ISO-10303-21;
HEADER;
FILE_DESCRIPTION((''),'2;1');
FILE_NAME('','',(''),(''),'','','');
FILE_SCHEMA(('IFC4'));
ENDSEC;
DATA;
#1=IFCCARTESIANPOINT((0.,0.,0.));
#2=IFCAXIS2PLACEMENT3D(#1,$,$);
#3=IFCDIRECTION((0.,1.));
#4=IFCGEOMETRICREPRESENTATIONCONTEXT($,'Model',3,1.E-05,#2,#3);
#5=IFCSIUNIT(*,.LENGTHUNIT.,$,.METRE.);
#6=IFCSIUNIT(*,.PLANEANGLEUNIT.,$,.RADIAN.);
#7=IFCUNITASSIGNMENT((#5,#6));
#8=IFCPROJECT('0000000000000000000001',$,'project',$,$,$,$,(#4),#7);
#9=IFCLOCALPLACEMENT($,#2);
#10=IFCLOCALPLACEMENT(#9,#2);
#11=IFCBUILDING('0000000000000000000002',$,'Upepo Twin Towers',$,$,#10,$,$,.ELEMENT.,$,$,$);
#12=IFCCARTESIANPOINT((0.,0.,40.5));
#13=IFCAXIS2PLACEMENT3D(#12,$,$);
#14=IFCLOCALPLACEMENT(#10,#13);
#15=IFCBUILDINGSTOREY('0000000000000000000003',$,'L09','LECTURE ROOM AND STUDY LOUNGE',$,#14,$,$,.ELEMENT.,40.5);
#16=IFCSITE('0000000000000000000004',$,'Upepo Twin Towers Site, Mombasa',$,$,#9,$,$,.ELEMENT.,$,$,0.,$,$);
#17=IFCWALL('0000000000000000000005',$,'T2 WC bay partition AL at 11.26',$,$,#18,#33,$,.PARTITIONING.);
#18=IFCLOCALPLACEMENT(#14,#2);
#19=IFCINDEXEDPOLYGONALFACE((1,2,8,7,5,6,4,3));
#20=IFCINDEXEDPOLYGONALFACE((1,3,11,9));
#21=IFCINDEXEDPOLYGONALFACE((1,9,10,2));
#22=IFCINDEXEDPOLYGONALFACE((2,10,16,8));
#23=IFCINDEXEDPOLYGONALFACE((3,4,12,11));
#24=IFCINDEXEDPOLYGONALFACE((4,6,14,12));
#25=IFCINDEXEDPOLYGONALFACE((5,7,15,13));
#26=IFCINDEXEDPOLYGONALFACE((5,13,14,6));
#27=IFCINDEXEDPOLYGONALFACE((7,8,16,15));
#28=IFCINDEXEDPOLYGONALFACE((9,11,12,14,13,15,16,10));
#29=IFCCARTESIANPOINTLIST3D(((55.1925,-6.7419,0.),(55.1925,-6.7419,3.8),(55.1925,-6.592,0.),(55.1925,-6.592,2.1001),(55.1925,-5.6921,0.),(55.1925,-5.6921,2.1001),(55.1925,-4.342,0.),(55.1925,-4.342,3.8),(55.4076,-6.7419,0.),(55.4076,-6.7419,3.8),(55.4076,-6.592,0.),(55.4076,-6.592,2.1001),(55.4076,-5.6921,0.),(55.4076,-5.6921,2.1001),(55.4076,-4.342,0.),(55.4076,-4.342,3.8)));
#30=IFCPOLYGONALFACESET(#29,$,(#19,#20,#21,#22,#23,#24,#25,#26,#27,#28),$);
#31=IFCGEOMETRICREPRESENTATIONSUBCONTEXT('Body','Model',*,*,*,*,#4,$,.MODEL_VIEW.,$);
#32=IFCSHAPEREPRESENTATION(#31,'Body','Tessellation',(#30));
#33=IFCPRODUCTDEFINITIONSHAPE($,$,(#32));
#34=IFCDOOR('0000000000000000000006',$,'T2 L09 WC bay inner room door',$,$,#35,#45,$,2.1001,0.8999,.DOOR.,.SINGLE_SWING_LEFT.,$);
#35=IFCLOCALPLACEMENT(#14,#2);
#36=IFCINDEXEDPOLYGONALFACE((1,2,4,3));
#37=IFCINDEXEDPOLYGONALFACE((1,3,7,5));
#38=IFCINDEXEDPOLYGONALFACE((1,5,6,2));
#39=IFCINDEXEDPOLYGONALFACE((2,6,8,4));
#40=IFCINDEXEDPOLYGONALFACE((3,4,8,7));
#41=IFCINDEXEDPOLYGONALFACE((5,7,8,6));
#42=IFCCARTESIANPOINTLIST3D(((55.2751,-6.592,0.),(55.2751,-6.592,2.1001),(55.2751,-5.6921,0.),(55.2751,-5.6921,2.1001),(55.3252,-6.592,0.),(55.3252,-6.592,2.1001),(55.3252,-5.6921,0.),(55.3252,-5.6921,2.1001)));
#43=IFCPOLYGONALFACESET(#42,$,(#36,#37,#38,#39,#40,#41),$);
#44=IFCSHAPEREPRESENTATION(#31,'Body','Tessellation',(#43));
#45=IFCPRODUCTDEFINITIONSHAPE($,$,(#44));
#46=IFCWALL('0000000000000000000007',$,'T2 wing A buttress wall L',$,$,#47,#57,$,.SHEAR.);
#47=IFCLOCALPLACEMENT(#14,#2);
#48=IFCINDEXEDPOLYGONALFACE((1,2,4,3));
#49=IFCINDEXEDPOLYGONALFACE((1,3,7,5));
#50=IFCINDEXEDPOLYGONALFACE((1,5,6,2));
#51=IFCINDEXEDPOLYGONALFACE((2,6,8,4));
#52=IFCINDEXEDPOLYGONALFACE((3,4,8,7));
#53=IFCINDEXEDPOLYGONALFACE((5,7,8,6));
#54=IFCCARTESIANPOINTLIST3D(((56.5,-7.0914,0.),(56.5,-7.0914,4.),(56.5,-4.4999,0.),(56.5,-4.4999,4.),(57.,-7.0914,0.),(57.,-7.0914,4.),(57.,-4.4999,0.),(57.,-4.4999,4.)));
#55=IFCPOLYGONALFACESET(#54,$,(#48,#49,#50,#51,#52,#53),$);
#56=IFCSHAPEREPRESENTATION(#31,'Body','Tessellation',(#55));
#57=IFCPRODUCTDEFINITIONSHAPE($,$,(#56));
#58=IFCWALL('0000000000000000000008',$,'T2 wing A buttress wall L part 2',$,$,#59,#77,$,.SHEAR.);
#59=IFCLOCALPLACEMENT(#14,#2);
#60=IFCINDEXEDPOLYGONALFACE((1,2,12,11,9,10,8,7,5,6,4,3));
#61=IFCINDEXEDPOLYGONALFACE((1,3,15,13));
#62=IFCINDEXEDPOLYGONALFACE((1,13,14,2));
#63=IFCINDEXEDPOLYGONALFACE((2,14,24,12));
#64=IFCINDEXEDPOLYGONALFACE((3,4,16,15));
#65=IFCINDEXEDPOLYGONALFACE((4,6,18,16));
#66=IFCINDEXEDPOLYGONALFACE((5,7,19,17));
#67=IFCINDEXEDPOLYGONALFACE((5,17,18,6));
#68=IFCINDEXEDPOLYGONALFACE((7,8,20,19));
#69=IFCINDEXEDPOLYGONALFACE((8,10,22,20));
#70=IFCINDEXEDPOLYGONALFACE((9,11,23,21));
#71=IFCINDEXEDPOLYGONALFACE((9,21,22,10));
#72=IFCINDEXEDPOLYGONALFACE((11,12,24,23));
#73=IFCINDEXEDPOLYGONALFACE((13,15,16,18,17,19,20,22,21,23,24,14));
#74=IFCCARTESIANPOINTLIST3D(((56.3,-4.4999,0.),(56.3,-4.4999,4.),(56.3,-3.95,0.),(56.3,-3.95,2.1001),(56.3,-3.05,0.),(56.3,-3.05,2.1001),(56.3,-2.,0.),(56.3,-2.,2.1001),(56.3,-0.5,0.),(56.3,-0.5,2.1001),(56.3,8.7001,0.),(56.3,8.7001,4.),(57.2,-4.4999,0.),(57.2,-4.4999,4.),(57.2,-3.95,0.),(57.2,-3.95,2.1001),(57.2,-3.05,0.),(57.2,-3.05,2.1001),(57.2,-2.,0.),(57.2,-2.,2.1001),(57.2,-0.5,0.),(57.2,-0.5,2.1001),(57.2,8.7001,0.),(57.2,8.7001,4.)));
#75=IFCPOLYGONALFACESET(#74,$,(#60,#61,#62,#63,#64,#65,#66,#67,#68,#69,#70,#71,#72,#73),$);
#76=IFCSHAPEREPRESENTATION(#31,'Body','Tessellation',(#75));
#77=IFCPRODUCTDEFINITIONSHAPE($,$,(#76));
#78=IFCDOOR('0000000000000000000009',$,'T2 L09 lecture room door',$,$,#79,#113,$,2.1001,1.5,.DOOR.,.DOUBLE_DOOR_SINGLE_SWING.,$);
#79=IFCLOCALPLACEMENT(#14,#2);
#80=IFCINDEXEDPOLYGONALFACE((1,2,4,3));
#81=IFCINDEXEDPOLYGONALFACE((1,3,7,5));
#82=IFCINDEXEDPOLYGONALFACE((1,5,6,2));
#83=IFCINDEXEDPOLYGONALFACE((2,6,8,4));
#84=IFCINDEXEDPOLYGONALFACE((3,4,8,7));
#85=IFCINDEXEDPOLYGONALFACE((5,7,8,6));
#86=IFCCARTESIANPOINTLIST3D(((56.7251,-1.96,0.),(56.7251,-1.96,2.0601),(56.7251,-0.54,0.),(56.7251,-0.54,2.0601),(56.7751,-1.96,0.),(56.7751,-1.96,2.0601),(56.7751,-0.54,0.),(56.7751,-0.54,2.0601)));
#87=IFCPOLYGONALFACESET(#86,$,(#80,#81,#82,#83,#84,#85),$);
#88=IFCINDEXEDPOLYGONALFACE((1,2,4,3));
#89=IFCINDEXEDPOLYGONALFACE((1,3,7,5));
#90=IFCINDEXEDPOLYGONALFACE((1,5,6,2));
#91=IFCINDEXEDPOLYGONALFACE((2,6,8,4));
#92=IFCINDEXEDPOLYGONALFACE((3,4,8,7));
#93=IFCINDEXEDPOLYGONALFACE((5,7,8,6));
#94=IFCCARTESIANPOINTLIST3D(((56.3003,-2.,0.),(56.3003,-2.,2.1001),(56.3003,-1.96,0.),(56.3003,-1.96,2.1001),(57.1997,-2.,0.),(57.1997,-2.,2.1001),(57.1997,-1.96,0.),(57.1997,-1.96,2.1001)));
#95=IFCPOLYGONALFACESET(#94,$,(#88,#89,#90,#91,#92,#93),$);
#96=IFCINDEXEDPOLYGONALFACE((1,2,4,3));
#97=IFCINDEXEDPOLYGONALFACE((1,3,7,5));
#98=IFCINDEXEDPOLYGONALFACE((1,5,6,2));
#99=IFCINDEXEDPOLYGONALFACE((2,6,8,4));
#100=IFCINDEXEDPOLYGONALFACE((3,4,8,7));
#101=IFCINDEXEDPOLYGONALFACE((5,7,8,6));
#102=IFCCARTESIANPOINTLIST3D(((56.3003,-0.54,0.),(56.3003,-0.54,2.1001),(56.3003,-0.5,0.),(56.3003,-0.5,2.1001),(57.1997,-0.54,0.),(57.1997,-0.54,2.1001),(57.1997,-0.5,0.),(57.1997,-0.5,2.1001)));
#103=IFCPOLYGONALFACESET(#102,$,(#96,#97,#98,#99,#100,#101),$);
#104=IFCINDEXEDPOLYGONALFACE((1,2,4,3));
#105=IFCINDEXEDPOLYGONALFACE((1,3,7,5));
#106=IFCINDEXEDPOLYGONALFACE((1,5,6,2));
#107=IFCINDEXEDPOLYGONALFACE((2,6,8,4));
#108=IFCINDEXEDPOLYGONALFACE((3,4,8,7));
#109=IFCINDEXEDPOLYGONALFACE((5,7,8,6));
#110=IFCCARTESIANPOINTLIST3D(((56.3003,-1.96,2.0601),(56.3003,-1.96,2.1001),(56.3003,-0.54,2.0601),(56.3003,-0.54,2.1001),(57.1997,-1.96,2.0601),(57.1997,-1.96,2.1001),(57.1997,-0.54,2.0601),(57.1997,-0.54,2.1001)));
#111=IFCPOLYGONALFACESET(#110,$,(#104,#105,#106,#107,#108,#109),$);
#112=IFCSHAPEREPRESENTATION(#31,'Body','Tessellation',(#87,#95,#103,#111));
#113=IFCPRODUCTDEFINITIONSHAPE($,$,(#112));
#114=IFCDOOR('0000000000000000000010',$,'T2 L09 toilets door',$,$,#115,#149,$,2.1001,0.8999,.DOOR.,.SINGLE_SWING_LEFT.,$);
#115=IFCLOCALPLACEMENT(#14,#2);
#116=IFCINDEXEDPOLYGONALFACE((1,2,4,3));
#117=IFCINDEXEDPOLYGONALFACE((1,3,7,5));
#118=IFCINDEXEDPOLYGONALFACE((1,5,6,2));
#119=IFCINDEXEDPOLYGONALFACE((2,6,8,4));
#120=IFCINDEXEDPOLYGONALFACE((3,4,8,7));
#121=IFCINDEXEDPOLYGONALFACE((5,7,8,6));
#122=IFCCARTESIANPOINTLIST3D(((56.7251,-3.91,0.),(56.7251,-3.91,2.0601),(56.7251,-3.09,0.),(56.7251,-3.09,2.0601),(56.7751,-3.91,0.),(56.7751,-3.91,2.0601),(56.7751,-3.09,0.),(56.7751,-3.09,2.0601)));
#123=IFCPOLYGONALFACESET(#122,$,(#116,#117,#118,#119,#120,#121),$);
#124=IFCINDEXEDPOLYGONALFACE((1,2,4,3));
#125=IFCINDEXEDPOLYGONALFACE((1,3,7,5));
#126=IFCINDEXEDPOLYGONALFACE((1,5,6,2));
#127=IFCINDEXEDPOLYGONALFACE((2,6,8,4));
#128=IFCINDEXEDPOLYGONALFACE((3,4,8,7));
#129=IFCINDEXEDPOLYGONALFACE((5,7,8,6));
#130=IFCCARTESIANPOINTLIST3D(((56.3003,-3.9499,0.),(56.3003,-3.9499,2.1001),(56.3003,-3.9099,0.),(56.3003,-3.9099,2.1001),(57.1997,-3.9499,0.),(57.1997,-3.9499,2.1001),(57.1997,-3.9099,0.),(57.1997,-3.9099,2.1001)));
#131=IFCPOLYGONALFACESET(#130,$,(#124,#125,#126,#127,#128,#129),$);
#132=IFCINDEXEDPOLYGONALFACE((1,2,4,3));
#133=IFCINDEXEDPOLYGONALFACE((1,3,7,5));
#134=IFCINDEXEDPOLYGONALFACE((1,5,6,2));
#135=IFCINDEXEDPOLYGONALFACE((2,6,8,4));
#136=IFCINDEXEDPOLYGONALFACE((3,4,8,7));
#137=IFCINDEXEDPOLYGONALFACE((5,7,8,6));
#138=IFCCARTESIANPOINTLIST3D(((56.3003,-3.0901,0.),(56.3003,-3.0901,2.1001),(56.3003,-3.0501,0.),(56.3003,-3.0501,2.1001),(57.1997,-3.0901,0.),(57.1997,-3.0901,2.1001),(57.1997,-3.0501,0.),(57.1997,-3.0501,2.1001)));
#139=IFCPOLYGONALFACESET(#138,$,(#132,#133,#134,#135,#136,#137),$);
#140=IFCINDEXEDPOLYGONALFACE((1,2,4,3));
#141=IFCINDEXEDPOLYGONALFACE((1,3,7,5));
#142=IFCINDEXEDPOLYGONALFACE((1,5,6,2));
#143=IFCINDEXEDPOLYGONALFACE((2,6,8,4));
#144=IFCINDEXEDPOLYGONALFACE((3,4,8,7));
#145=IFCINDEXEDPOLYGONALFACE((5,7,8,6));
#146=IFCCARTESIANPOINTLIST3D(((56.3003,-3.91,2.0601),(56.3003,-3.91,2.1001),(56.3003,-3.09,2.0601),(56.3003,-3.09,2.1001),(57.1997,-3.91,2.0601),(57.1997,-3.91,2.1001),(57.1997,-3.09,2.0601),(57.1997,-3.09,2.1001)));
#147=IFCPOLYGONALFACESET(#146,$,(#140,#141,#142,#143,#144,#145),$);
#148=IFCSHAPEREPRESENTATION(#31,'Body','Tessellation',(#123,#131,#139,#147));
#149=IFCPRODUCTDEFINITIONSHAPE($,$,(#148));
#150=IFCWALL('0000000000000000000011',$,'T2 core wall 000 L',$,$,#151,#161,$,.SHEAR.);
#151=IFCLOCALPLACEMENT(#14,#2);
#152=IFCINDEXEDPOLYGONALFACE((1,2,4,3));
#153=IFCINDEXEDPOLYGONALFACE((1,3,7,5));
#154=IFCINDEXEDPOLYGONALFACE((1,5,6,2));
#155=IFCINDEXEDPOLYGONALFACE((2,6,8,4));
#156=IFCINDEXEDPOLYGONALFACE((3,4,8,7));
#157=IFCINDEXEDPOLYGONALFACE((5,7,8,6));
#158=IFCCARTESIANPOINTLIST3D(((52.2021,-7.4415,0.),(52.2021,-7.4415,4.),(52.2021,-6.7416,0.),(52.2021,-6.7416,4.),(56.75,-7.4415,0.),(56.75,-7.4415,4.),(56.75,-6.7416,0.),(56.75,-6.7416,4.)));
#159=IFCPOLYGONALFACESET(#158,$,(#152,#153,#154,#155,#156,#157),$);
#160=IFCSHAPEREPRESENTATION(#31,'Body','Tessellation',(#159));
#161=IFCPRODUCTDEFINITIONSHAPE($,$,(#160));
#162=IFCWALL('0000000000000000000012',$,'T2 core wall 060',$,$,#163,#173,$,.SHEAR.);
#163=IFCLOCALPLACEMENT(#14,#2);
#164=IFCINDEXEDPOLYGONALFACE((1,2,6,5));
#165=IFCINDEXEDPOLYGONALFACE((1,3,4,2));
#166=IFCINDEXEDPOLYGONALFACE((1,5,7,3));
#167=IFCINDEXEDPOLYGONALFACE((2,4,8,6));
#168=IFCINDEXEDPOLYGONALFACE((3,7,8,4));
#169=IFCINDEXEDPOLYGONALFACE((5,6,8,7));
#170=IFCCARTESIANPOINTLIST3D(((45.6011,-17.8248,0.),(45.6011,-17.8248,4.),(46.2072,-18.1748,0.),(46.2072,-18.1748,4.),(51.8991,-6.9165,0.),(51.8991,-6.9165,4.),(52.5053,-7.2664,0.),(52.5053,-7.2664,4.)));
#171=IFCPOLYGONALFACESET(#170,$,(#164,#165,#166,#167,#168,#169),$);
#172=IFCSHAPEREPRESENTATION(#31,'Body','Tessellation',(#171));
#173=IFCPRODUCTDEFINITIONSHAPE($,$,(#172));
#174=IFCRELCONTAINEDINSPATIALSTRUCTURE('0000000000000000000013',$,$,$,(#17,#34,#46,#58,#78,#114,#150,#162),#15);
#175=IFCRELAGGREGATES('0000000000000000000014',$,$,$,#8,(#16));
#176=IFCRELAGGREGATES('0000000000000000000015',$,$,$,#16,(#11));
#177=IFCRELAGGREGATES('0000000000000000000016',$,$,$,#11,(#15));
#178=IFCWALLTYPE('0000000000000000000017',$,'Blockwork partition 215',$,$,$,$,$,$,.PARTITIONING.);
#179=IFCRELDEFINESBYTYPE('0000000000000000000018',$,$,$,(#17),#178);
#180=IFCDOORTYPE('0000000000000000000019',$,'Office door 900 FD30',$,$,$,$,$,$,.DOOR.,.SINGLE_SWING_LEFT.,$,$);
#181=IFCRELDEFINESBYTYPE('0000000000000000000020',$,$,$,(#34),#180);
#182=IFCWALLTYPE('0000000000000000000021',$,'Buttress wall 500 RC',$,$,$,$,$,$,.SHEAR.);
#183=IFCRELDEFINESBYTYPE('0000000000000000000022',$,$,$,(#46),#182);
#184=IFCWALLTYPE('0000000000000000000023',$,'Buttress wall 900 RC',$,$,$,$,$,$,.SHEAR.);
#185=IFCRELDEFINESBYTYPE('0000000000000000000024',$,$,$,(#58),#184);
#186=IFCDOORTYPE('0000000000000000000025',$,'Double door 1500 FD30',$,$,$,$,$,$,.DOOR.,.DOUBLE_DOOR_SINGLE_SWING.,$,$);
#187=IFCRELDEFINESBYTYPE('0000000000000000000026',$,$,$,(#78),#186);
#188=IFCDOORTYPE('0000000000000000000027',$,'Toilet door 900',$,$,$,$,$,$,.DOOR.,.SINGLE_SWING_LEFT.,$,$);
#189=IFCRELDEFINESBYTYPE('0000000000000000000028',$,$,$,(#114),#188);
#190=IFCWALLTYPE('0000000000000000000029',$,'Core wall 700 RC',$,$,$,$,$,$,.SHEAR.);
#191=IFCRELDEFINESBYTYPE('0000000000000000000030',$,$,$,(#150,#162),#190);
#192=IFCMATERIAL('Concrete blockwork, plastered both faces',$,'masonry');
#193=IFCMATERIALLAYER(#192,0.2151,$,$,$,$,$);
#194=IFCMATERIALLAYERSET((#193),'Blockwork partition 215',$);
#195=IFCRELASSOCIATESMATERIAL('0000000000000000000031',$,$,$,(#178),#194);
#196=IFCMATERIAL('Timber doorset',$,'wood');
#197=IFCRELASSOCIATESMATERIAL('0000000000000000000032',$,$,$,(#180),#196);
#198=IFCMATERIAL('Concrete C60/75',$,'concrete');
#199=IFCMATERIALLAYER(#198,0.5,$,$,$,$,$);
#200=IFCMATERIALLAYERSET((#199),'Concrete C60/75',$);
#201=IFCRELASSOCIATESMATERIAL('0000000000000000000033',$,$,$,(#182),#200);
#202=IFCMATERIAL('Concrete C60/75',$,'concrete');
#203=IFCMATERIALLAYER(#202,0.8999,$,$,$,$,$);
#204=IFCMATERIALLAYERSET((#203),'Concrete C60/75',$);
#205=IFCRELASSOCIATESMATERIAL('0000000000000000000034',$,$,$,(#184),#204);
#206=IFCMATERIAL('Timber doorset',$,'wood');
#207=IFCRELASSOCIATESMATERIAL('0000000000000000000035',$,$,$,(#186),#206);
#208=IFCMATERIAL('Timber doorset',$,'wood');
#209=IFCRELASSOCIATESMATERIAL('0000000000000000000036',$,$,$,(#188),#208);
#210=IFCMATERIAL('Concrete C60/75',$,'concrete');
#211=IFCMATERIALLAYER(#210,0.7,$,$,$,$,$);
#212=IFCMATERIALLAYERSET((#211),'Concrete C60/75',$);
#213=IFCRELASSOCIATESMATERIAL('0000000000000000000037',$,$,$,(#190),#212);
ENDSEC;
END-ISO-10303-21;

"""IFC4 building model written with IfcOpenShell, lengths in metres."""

from ifc_helpers import new_model, si_unit, direction, frame, frame_2d, origin, place, context, subcontext, project, spatial, rectangle, extrude, material, layer, layer_set, type_object, element, fill, save


model = new_model("IFC4")

# Units and contexts
model_context = context("Model", 3, precision=1e-05, world=origin(), true_north=direction((0.0, 1.0)))
body_context = subcontext(model_context, "Body", "Model", "MODEL_VIEW")
ifc_project = project(units=[si_unit("LENGTHUNIT", "METRE"), si_unit("PLANEANGLEUNIT", "RADIAN")], contexts=[model_context])

# Site, building, storey
site_placement = place(None, origin())
site = spatial("IfcSite", under=ifc_project, at=site_placement, Name="Upepo Twin Towers Site, Mombasa", CompositionType="ELEMENT", RefElevation=0.0)
building_placement = place(site_placement, origin())
building = spatial("IfcBuilding", under=site, at=building_placement, Name="Upepo Twin Towers", CompositionType="ELEMENT")
storey_placement = place(building_placement, frame((0.0, 0.0, 40.5)))
storey = spatial("IfcBuildingStorey", under=building, at=storey_placement, Name="L09", Description="LECTURE ROOM AND STUDY LOUNGE", CompositionType="ELEMENT", Elevation=40.5)

# Wall, opening, door
ifc_material_1 = material(Name="Concrete blockwork, plastered both faces", Category="masonry")
ifc_layer_1 = layer(ifc_material_1, 0.2151)
ifc_layer_set_1 = layer_set([ifc_layer_1], Name="Blockwork partition 215")
wall_type_1 = type_object("IfcWallType", Name="Blockwork partition 215", PredefinedType="PARTITIONING", material=ifc_layer_set_1)
wall_1_placement = place(storey_placement, frame((55.3, -6.7419, 0.0), z_axis=(0.0, 0.0, 1.0), x_axis=(0.0, 1.0, 0.0)))
wall_1 = element("IfcWall", 1, at=wall_1_placement, inside=storey, type_object=wall_type_1, Name="T2 WC bay partition AL at 11.26", PredefinedType="PARTITIONING", context=body_context, shape_type="SweptSolid", body=[
    extrude(rectangle(XDim=2.3999, YDim=0.2151, at=frame_2d((1.2, 0.0))), origin(), (0.0, 0.0, 1.0), 3.8),
])
opening_1_placement = place(wall_1_placement, frame((0.1499, 0.0, 0.0)))
opening_1 = element("IfcOpeningElement", 2, at=opening_1_placement, cuts=wall_1, PredefinedType="OPENING", context=body_context, shape_type="SweptSolid", body=[
    extrude(rectangle(XDim=0.8999, YDim=2.1001, at=frame_2d((0.45, 1.05))), frame((0.0, 0.1174, 0.0), z_axis=(0.0, -1.0, 0.0), x_axis=(1.0, 0.0, 0.0)), (0.0, 0.0, 1.0), 0.2351),
])
ifc_material_2 = material(Name="Timber doorset", Category="wood")
door_type_1 = type_object("IfcDoorType", Name="Office door 900 FD30", OperationType="SINGLE_SWING_LEFT", PredefinedType="DOOR", material=ifc_material_2)
door_1_placement = place(opening_1_placement, origin())
door_1 = element("IfcDoor", 3, at=door_1_placement, inside=storey, type_object=door_type_1, Name="T2 L09 WC bay inner room door", OperationType="SINGLE_SWING_LEFT", OverallHeight=2.1001, OverallWidth=0.8999, PredefinedType="DOOR", context=body_context, shape_type="SweptSolid", body=[
    extrude(rectangle(XDim=0.8999, YDim=2.1001, at=frame_2d((0.45, 1.05))), frame((0.0, 0.0249, 0.0), z_axis=(0.0, -1.0, 0.0), x_axis=(1.0, 0.0, 0.0)), (0.0, 0.0, 1.0), 0.05),
])
fill(opening_1, door_1)

# Wall
ifc_material_3 = material(Name="Concrete C60/75", Category="concrete")
ifc_layer_2 = layer(ifc_material_3, 0.5)
ifc_layer_set_2 = layer_set([ifc_layer_2], Name="Concrete C60/75")
wall_type_2 = type_object("IfcWallType", Name="Buttress wall 500 RC", PredefinedType="SHEAR", material=ifc_layer_set_2)
wall_2_placement = place(storey_placement, frame((56.75, -7.0916, 0.0), z_axis=(0.0, 0.0, 1.0), x_axis=(0.0, 1.0, 0.0)))
element("IfcWall", 4, at=wall_2_placement, inside=storey, type_object=wall_type_2, Name="T2 wing A buttress wall L", PredefinedType="SHEAR", context=body_context, shape_type="SweptSolid", body=[
    extrude(rectangle(XDim=2.5916, YDim=0.5, at=frame_2d((1.2959, 0.0))), origin(), (0.0, 0.0, 1.0), 4.0),
])

# Wall, openings, doors
ifc_material_4 = material(Name="Concrete C60/75", Category="concrete")
ifc_layer_3 = layer(ifc_material_4, 0.8999)
ifc_layer_set_3 = layer_set([ifc_layer_3], Name="Concrete C60/75")
wall_type_3 = type_object("IfcWallType", Name="Buttress wall 900 RC", PredefinedType="SHEAR", material=ifc_layer_set_3)
wall_3_placement = place(storey_placement, frame((56.75, -4.5, 0.0), z_axis=(0.0, 0.0, 1.0), x_axis=(0.0, 1.0, 0.0)))
wall_3 = element("IfcWall", 5, at=wall_3_placement, inside=storey, type_object=wall_type_3, Name="T2 wing A buttress wall L part 2", PredefinedType="SHEAR", context=body_context, shape_type="SweptSolid", body=[
    extrude(rectangle(XDim=13.2, YDim=0.8999, at=frame_2d((6.6001, 0.0))), origin(), (0.0, 0.0, 1.0), 4.0),
])
opening_2_placement = place(wall_3_placement, frame((0.55, 0.0, 0.0)))
opening_2 = element("IfcOpeningElement", 6, at=opening_2_placement, cuts=wall_3, PredefinedType="OPENING", context=body_context, shape_type="SweptSolid", body=[
    extrude(rectangle(XDim=0.8999, YDim=2.1001, at=frame_2d((0.45, 1.05))), frame((0.0, 0.46, 0.0), z_axis=(0.0, -1.0, 0.0), x_axis=(1.0, 0.0, 0.0)), (0.0, 0.0, 1.0), 0.9199),
])
opening_3_placement = place(wall_3_placement, frame((2.5, 0.0, 0.0)))
opening_3 = element("IfcOpeningElement", 7, at=opening_3_placement, cuts=wall_3, PredefinedType="OPENING", context=body_context, shape_type="SweptSolid", body=[
    extrude(rectangle(XDim=1.5, YDim=2.1001, at=frame_2d((0.75, 1.05))), frame((0.0, 0.46, 0.0), z_axis=(0.0, -1.0, 0.0), x_axis=(1.0, 0.0, 0.0)), (0.0, 0.0, 1.0), 0.9199),
])
ifc_material_5 = material(Name="Timber doorset", Category="wood")
door_type_2 = type_object("IfcDoorType", Name="Double door 1500 FD30", OperationType="DOUBLE_DOOR_SINGLE_SWING", PredefinedType="DOOR", material=ifc_material_5)
door_2_placement = place(opening_3_placement, origin())
door_2 = element("IfcDoor", 8, at=door_2_placement, inside=storey, type_object=door_type_2, Name="T2 L09 lecture room door", OperationType="DOUBLE_DOOR_SINGLE_SWING", OverallHeight=2.1001, OverallWidth=1.5, PredefinedType="DOOR", context=body_context, shape_type="SweptSolid", body=[
    extrude(rectangle(XDim=1.42, YDim=2.0601, at=frame_2d((0.75, 1.03))), frame((0.0, 0.0249, 0.0), z_axis=(0.0, -1.0, 0.0), x_axis=(1.0, 0.0, 0.0)), (0.0, 0.0, 1.0), 0.05),
    extrude(rectangle(XDim=0.04, YDim=2.1001, at=frame_2d((0.02, 1.05))), frame((0.0, 0.4497, 0.0), z_axis=(0.0, -1.0, 0.0), x_axis=(1.0, 0.0, 0.0)), (0.0, 0.0, 1.0), 0.8994),
    extrude(rectangle(XDim=0.04, YDim=2.1001, at=frame_2d((1.48, 1.05))), frame((0.0, 0.4497, 0.0), z_axis=(0.0, -1.0, 0.0), x_axis=(1.0, 0.0, 0.0)), (0.0, 0.0, 1.0), 0.8994),
    extrude(rectangle(XDim=1.42, YDim=0.04, at=frame_2d((0.75, 2.0801))), frame((0.0, 0.4497, 0.0), z_axis=(0.0, -1.0, 0.0), x_axis=(1.0, 0.0, 0.0)), (0.0, 0.0, 1.0), 0.8994),
])
fill(opening_3, door_2)
ifc_material_6 = material(Name="Timber doorset", Category="wood")
door_type_3 = type_object("IfcDoorType", Name="Toilet door 900", OperationType="SINGLE_SWING_LEFT", PredefinedType="DOOR", material=ifc_material_6)
door_3_placement = place(opening_2_placement, origin())
door_3 = element("IfcDoor", 9, at=door_3_placement, inside=storey, type_object=door_type_3, Name="T2 L09 toilets door", OperationType="SINGLE_SWING_LEFT", OverallHeight=2.1001, OverallWidth=0.8999, PredefinedType="DOOR", context=body_context, shape_type="SweptSolid", body=[
    extrude(rectangle(XDim=0.8199, YDim=2.0601, at=frame_2d((0.45, 1.03))), frame((0.0, 0.0249, 0.0), z_axis=(0.0, -1.0, 0.0), x_axis=(1.0, 0.0, 0.0)), (0.0, 0.0, 1.0), 0.05),
    extrude(rectangle(XDim=0.04, YDim=2.1001, at=frame_2d((0.02, 1.05))), frame((0.0, 0.4497, 0.0), z_axis=(0.0, -1.0, 0.0), x_axis=(1.0, 0.0, 0.0)), (0.0, 0.0, 1.0), 0.8994),
    extrude(rectangle(XDim=0.04, YDim=2.1001, at=frame_2d((0.8799, 1.05))), frame((0.0, 0.4497, 0.0), z_axis=(0.0, -1.0, 0.0), x_axis=(1.0, 0.0, 0.0)), (0.0, 0.0, 1.0), 0.8994),
    extrude(rectangle(XDim=0.8199, YDim=0.04, at=frame_2d((0.45, 2.0801))), frame((0.0, 0.4497, 0.0), z_axis=(0.0, -1.0, 0.0), x_axis=(1.0, 0.0, 0.0)), (0.0, 0.0, 1.0), 0.8994),
])
fill(opening_2, door_3)

# Walls
ifc_material_7 = material(Name="Concrete C60/75", Category="concrete")
ifc_layer_4 = layer(ifc_material_7, 0.7)
ifc_layer_set_4 = layer_set([ifc_layer_4], Name="Concrete C60/75")
wall_type_4 = type_object("IfcWallType", Name="Core wall 700 RC", PredefinedType="SHEAR", material=ifc_layer_set_4)
wall_4_placement = place(storey_placement, frame((56.75, -7.0916, 0.0), z_axis=(0.0, 0.0, 1.0), x_axis=(-1.0, 0.0, 0.0)))
element("IfcWall", 10, at=wall_4_placement, inside=storey, type_object=wall_type_4, Name="T2 core wall 000 L", PredefinedType="SHEAR", context=body_context, shape_type="SweptSolid", body=[
    extrude(rectangle(XDim=4.5479, YDim=0.7, at=frame_2d((2.2739, 0.0))), origin(), (0.0, 0.0, 1.0), 4.0),
])
wall_5_placement = place(storey_placement, frame((52.2021, -7.0916, 0.0), z_axis=(0.0, 0.0, 1.0), x_axis=(-0.500006, -0.866022, 0.0)))
element("IfcWall", 11, at=wall_5_placement, inside=storey, type_object=wall_type_4, Name="T2 core wall 060", PredefinedType="SHEAR", context=body_context, shape_type="SweptSolid", body=[
    extrude(rectangle(XDim=12.5959, YDim=0.7, at=frame_2d((6.2979, 0.0))), origin(), (0.0, 0.0, 1.0), 4.0),
])

save(model, "model.ifc")
